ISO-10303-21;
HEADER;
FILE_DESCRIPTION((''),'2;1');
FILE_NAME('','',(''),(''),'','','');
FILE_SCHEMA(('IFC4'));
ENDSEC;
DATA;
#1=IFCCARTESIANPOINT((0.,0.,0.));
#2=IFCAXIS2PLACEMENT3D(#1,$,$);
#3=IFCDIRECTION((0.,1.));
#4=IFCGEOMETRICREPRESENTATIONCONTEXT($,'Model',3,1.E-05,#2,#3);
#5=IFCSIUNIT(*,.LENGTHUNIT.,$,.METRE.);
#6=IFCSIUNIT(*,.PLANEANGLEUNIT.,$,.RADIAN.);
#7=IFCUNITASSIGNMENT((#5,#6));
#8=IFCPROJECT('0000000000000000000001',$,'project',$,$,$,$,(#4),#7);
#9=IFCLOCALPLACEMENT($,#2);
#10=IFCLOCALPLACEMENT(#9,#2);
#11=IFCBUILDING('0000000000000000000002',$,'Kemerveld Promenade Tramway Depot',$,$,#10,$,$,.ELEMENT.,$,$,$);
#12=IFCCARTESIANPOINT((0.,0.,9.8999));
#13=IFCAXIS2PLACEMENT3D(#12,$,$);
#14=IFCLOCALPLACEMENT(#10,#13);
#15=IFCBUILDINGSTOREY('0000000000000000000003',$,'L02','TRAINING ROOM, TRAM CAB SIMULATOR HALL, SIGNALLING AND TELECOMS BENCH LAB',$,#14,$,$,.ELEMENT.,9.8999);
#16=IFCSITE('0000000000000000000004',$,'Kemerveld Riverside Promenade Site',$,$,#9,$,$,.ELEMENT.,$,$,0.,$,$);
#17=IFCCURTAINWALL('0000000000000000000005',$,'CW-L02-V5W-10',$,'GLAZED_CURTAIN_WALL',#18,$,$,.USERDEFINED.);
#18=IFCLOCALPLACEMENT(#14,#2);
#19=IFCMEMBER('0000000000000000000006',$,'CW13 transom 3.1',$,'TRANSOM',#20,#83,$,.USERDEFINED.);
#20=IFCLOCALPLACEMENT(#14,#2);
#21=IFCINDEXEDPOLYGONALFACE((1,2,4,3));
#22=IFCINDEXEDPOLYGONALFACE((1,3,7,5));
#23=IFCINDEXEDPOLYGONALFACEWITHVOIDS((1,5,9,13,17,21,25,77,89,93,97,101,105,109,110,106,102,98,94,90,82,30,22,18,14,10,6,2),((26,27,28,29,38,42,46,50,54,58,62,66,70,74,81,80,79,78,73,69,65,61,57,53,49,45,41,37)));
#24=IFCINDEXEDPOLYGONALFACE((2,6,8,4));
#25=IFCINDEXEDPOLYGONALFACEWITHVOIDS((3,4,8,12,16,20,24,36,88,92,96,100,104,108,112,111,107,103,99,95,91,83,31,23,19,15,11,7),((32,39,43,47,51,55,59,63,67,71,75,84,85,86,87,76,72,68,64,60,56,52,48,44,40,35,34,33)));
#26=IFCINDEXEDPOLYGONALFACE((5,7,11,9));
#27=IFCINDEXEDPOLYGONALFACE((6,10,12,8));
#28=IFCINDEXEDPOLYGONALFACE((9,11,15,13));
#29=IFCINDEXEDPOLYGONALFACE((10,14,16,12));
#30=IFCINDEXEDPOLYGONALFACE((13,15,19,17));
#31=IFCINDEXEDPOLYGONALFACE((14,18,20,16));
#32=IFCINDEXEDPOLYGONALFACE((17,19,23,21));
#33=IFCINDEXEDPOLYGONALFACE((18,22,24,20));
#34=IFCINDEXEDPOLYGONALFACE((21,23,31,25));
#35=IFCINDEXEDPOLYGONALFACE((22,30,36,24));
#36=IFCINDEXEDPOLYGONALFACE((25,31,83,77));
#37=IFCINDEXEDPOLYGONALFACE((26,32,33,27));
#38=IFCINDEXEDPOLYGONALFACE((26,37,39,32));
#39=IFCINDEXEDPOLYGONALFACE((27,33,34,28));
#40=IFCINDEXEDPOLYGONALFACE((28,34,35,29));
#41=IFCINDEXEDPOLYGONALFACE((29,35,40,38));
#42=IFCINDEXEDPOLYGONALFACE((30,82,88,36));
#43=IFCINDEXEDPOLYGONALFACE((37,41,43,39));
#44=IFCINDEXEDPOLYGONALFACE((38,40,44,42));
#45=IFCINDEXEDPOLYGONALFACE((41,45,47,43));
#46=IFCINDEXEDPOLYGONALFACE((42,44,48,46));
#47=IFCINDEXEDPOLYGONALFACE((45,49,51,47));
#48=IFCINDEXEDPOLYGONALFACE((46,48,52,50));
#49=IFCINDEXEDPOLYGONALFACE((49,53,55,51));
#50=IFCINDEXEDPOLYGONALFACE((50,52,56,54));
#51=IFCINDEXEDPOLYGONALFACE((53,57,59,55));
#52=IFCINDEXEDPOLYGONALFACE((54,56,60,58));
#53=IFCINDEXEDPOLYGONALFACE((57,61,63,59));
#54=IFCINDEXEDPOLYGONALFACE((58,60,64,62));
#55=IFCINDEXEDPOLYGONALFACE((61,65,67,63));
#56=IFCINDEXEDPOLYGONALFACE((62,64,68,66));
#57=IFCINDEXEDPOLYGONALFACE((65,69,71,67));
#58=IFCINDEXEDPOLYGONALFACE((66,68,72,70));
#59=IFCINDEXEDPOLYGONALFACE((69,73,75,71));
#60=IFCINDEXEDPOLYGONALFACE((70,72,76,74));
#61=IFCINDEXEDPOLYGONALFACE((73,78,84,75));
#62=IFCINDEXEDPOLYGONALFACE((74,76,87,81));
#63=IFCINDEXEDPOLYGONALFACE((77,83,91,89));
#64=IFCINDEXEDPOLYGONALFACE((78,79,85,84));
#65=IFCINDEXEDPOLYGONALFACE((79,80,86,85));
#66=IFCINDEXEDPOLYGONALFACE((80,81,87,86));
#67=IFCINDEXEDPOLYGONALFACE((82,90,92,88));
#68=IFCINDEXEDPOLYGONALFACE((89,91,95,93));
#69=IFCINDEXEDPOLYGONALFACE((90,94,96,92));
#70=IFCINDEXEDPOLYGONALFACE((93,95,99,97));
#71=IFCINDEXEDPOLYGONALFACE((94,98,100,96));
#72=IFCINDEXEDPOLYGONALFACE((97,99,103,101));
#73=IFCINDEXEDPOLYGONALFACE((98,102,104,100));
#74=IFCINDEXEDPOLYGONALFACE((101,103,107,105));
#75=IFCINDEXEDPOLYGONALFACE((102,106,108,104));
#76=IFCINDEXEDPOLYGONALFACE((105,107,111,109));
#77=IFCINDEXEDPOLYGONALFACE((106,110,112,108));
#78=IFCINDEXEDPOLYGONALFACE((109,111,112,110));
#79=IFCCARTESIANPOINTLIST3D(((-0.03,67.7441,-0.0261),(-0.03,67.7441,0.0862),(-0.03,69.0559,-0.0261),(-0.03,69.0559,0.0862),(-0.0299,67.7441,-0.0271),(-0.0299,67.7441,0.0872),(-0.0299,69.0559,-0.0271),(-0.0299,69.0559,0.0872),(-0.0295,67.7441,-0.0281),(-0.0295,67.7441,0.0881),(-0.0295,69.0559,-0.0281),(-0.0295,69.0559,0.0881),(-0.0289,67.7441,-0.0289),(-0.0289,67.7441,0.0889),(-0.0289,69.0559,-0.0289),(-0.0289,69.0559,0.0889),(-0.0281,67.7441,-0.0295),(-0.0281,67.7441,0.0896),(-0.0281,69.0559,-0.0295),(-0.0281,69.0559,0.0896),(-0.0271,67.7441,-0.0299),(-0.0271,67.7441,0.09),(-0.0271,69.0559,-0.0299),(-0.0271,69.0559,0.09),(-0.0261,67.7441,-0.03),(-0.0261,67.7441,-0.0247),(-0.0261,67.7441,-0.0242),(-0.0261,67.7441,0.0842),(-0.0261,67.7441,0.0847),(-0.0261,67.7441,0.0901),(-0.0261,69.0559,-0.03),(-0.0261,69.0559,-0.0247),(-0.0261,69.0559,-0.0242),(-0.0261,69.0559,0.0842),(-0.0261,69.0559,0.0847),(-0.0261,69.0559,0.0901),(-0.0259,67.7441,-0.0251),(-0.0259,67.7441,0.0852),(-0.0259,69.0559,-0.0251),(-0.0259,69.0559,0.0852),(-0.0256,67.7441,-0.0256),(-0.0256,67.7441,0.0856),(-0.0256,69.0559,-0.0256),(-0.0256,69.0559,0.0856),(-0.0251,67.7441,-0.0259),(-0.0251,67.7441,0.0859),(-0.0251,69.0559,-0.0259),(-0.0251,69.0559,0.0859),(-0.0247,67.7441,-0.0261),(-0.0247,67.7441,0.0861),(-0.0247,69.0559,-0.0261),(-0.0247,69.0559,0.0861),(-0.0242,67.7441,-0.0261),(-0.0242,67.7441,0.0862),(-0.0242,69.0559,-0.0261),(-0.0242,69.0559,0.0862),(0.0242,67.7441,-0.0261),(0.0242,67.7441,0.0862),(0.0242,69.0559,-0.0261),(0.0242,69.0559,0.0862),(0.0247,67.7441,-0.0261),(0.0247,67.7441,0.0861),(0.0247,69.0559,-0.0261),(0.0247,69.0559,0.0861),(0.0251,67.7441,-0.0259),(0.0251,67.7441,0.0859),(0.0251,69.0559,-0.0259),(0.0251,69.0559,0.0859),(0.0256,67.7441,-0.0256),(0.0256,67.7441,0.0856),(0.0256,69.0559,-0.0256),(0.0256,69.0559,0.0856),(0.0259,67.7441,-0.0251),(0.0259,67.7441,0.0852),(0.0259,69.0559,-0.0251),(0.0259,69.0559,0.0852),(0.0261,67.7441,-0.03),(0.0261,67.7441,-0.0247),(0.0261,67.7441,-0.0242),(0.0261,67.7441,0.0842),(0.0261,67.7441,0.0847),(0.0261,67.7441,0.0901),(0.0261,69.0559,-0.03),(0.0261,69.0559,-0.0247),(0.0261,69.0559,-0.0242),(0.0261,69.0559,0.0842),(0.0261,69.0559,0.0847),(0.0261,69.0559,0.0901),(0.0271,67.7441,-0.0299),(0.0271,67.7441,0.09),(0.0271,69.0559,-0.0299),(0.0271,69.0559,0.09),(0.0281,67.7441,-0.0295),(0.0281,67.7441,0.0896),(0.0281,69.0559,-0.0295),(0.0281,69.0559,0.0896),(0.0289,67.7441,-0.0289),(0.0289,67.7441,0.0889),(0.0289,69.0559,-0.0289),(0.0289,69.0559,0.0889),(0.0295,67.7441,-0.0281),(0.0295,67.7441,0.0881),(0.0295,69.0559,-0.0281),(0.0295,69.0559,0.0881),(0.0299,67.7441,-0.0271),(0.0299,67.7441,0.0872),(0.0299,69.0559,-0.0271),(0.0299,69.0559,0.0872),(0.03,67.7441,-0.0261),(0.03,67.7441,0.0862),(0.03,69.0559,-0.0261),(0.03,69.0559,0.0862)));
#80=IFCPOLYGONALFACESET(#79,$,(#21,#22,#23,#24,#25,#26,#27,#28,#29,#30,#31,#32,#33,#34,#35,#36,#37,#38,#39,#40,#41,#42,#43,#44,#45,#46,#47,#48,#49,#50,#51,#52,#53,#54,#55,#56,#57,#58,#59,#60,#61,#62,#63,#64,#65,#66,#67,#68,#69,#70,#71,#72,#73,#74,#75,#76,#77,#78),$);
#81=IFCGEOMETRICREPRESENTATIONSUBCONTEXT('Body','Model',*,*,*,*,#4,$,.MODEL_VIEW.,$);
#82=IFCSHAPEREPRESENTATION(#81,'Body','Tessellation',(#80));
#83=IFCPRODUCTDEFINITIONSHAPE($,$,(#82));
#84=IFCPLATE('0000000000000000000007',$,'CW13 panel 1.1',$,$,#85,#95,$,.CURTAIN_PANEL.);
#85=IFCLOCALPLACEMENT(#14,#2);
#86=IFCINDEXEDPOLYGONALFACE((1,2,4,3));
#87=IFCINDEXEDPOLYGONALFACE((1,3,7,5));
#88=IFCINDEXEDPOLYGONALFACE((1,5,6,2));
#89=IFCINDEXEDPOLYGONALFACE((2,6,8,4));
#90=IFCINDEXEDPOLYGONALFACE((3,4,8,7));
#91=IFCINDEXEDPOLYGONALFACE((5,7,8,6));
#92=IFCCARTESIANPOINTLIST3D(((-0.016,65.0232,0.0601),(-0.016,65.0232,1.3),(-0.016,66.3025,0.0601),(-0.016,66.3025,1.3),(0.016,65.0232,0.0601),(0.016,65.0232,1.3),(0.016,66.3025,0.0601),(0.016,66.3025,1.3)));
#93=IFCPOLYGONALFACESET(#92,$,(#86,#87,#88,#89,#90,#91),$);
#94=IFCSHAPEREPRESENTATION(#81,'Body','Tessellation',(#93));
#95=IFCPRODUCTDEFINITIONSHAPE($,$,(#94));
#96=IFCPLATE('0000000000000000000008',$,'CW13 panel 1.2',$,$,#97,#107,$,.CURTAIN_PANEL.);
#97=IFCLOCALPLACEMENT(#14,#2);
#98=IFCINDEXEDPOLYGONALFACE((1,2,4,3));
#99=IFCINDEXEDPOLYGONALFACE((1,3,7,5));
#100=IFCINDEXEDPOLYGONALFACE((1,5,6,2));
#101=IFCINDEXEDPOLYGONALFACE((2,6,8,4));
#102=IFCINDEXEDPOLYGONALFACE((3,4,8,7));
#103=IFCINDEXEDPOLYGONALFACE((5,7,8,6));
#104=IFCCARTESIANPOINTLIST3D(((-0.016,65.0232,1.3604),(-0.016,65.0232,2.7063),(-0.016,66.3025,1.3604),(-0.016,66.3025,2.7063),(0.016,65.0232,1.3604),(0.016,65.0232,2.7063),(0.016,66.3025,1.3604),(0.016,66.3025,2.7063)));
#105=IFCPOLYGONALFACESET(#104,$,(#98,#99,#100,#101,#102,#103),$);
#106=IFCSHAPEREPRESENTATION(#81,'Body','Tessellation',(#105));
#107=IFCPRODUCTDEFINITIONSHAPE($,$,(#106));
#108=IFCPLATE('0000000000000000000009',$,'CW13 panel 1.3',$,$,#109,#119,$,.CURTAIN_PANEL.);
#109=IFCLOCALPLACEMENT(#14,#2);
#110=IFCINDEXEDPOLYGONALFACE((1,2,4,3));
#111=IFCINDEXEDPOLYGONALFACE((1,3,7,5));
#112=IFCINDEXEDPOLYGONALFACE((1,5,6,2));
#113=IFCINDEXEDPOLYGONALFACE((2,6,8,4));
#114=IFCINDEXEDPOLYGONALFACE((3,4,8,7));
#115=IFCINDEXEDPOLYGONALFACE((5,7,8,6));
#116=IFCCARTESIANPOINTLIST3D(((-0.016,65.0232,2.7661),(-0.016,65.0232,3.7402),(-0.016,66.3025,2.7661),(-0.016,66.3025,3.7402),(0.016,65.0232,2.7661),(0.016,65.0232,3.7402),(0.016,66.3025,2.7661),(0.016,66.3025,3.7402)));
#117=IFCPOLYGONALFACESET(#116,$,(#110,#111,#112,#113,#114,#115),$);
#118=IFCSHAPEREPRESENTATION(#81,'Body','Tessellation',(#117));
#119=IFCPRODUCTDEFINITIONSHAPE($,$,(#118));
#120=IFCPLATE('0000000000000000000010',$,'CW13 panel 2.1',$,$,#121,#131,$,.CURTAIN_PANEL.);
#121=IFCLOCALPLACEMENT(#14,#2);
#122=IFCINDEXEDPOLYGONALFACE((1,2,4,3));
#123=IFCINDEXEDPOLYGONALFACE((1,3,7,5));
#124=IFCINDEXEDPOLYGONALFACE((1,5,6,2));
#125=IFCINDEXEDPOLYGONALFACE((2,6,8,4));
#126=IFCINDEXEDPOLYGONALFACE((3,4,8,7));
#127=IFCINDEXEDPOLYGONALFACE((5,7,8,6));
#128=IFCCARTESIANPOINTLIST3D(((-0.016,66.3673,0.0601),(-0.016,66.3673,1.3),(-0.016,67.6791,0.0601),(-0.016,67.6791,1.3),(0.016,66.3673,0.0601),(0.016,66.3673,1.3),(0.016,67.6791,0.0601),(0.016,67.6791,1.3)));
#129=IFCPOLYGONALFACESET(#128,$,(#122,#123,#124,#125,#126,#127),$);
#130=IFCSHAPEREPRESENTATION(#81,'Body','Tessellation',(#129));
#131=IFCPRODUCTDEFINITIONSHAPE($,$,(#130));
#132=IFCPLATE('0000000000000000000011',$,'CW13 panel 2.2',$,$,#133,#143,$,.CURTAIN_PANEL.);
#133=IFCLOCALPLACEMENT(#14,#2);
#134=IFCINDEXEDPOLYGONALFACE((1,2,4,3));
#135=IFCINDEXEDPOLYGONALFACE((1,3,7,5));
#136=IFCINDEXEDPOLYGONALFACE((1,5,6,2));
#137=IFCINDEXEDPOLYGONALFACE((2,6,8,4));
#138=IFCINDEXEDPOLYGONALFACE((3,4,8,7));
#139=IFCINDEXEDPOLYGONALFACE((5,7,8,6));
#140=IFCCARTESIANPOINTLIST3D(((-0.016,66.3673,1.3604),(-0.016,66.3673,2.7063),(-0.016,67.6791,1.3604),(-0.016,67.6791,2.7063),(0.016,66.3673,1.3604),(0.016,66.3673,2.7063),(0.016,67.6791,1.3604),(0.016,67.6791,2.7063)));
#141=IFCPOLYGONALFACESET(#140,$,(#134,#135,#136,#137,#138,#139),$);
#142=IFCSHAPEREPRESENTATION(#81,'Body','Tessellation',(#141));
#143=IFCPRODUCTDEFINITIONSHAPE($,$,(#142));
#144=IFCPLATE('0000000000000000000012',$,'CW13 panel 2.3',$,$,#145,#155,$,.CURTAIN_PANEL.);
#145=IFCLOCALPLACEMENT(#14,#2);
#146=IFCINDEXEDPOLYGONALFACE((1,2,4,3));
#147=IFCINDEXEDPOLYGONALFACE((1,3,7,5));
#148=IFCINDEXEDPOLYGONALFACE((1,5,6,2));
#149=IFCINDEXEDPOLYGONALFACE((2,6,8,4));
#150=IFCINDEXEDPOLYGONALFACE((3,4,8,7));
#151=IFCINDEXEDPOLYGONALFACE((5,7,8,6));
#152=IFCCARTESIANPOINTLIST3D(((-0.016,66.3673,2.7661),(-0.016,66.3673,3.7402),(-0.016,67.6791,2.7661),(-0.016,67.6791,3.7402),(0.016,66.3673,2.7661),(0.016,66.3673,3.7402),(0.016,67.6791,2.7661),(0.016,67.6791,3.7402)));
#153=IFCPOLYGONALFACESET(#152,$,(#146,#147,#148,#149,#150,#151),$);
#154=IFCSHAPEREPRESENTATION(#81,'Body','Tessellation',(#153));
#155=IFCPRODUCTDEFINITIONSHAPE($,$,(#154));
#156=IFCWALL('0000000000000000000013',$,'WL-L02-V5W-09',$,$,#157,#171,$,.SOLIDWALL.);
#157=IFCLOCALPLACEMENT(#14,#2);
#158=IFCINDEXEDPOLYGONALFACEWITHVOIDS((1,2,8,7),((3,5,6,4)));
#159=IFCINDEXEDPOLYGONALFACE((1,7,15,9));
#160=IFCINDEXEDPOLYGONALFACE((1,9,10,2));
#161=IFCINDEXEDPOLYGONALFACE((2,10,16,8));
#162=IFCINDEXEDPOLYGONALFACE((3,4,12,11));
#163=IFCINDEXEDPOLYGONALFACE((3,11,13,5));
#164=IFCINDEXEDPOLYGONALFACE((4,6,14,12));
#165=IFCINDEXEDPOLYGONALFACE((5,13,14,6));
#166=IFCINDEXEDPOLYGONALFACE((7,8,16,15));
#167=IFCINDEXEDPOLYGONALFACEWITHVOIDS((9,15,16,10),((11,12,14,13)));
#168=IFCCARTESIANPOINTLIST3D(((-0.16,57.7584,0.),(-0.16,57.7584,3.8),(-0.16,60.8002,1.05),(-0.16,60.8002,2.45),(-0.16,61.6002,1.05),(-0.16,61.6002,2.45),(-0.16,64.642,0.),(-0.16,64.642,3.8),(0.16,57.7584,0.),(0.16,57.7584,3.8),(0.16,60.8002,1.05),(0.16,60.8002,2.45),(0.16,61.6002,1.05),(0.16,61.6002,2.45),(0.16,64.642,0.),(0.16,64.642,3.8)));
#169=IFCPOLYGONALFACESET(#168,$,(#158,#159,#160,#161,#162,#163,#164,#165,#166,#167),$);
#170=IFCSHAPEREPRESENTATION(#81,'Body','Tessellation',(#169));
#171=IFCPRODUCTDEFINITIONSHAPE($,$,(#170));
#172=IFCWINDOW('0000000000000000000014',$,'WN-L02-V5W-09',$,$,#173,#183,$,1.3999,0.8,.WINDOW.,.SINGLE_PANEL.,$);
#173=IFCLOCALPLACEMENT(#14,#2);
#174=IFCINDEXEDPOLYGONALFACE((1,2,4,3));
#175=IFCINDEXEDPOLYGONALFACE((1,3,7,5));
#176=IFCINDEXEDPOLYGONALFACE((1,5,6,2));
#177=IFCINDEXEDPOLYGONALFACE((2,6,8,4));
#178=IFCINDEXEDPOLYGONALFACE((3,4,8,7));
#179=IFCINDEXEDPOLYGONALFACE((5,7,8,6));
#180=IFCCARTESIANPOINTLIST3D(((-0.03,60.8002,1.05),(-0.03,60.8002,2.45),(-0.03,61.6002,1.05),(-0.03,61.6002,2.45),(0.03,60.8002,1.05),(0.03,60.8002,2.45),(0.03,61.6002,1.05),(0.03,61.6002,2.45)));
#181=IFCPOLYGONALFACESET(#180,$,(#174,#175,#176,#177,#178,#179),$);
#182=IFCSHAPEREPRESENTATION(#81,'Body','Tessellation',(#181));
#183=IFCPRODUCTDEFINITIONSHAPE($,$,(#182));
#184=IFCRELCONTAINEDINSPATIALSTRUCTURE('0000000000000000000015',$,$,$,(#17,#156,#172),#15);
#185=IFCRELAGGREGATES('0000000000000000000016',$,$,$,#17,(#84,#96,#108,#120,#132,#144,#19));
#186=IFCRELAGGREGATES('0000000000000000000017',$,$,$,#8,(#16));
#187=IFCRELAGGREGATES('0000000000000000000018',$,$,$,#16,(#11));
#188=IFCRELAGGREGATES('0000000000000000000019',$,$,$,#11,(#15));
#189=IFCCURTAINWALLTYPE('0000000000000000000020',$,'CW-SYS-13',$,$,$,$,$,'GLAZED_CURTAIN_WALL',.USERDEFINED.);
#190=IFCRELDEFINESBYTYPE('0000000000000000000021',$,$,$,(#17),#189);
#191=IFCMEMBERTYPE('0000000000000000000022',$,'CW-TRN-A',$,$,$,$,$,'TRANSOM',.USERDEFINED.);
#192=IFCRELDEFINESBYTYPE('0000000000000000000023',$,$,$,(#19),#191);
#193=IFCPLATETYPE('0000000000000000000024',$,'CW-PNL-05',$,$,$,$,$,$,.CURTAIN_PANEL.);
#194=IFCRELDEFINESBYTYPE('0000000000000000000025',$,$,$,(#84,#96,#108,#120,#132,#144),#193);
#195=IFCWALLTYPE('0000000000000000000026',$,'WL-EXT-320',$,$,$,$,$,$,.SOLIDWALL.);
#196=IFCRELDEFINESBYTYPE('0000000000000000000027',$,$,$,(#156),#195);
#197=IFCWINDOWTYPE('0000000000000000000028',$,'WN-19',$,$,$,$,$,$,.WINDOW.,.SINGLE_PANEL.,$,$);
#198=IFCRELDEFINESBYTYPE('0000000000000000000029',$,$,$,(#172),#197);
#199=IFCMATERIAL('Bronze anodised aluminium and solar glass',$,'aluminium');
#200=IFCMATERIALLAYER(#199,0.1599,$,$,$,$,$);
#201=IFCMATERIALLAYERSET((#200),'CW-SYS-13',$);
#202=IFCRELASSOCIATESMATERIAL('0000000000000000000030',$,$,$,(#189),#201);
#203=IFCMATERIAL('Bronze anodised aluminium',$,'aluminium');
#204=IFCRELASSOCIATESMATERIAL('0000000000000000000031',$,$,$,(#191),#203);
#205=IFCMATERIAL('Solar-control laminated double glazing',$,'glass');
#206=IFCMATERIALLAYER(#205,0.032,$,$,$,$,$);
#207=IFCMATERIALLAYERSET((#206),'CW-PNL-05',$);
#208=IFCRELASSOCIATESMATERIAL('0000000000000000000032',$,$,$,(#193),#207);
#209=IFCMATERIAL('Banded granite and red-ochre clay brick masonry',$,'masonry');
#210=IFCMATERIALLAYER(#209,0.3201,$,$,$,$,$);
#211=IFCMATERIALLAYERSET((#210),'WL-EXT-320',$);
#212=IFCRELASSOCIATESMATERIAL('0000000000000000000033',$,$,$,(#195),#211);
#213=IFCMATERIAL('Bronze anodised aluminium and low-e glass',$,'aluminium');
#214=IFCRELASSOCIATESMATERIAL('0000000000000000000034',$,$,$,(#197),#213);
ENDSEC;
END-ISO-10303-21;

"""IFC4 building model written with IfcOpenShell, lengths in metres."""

from ifc_helpers import new_model, si_unit, direction, frame, frame_2d, origin, origin_2d, place, context, subcontext, project, spatial, rectangle, hollow_rectangle, extrude, material, layer, layer_set, material_profile, profile_set, type_object, element, fill, aggregate, save


model = new_model("IFC4")

# Units and contexts
model_context = context("Model", 3, precision=1e-05, world=origin(), true_north=direction((0.0, 1.0)))
body_context = subcontext(model_context, "Body", "Model", "MODEL_VIEW")
ifc_project = project(units=[si_unit("LENGTHUNIT", "METRE"), si_unit("PLANEANGLEUNIT", "RADIAN")], contexts=[model_context])

# Site, building, storey
site_placement = place(None, origin())
site = spatial("IfcSite", under=ifc_project, at=site_placement, Name="Kemerveld Riverside Promenade Site", CompositionType="ELEMENT", RefElevation=0.0)
building_placement = place(site_placement, origin())
building = spatial("IfcBuilding", under=site, at=building_placement, Name="Kemerveld Promenade Tramway Depot", CompositionType="ELEMENT")
storey_placement = place(building_placement, frame((0.0, 0.0, 9.8999)))
storey = spatial("IfcBuildingStorey", under=building, at=storey_placement, Name="L02", Description="TRAINING ROOM, TRAM CAB SIMULATOR HALL, SIGNALLING AND TELECOMS BENCH LAB", CompositionType="ELEMENT", Elevation=9.8999)

# Curtain wall, member, plates
ifc_material_1 = material(Name="Bronze anodised aluminium and solar glass", Category="aluminium")
ifc_layer_1 = layer(ifc_material_1, 0.1599)
ifc_layer_set_1 = layer_set([ifc_layer_1], Name="CW-SYS-13")
curtain_wall_type = type_object("IfcCurtainWallType", Name="CW-SYS-13", ElementType="GLAZED_CURTAIN_WALL", PredefinedType="USERDEFINED", material=ifc_layer_set_1)
curtain_wall_placement = place(storey_placement, origin())
curtain_wall = element("IfcCurtainWall", 1, at=curtain_wall_placement, inside=storey, type_object=curtain_wall_type, Name="CW-L02-V5W-10", ObjectType="GLAZED_CURTAIN_WALL", PredefinedType="USERDEFINED")
ifc_material_2 = material(Name="Bronze anodised aluminium", Category="aluminium")
ifc_material_profile_1 = material_profile(ifc_material_2, hollow_rectangle(XDim=0.0601, YDim=0.1201, WallThickness=0.0039, InnerFilletRadius=0.002, OuterFilletRadius=0.0039, at=origin_2d()), Name="CW-TRN-120x60")
ifc_profile_set_1 = profile_set([ifc_material_profile_1], Name="Bronze anodised aluminium")
member_type_1 = type_object("IfcMemberType", Name="CW-TRN-A", ElementType="TRANSOM", PredefinedType="USERDEFINED", material=ifc_profile_set_1)
member_1_placement = place(storey_placement, frame((0.0, 67.7441, 0.03), z_axis=(0.0, 1.0, 0.0), x_axis=(-1.0, 0.0, 0.0)))
member_1 = element("IfcMember", 2, at=member_1_placement, type_object=member_type_1, Name="CW13 transom 3.1", ObjectType="TRANSOM", PredefinedType="USERDEFINED", context=body_context, shape_type="SweptSolid", body=[
    extrude(hollow_rectangle(XDim=0.0601, YDim=0.1201, WallThickness=0.0039, InnerFilletRadius=0.002, OuterFilletRadius=0.0039, at=origin_2d()), origin(), (0.0, 0.0, 1.0), 1.3118),
])
ifc_material_3 = material(Name="Solar-control laminated double glazing", Category="glass")
ifc_layer_2 = layer(ifc_material_3, 0.032)
ifc_layer_set_2 = layer_set([ifc_layer_2], Name="CW-PNL-05")
plate_type = type_object("IfcPlateType", Name="CW-PNL-05", PredefinedType="CURTAIN_PANEL", material=ifc_layer_set_2)
plate_1_placement = place(storey_placement, frame((0.0, 65.6628, 0.0601), z_axis=(0.0, 0.0, 1.0), x_axis=(0.0, 1.0, 0.0)))
plate_1 = element("IfcPlate", 3, at=plate_1_placement, type_object=plate_type, Name="CW13 panel 1.1", PredefinedType="CURTAIN_PANEL", context=body_context, shape_type="SweptSolid", body=[
    extrude(rectangle(XDim=1.2793, YDim=0.032, at=origin_2d()), origin(), (0.0, 0.0, 1.0), 1.24),
])
plate_2_placement = place(storey_placement, frame((0.0, 65.6628, 1.3604), z_axis=(0.0, 0.0, 1.0), x_axis=(0.0, 1.0, 0.0)))
plate_2 = element("IfcPlate", 4, at=plate_2_placement, type_object=plate_type, Name="CW13 panel 1.2", PredefinedType="CURTAIN_PANEL", context=body_context, shape_type="SweptSolid", body=[
    extrude(rectangle(XDim=1.2793, YDim=0.032, at=origin_2d()), origin(), (0.0, 0.0, 1.0), 1.3459),
])
plate_3_placement = place(storey_placement, frame((0.0, 65.6628, 2.7661), z_axis=(0.0, 0.0, 1.0), x_axis=(0.0, 1.0, 0.0)))
plate_3 = element("IfcPlate", 5, at=plate_3_placement, type_object=plate_type, Name="CW13 panel 1.3", PredefinedType="CURTAIN_PANEL", context=body_context, shape_type="SweptSolid", body=[
    extrude(rectangle(XDim=1.2793, YDim=0.032, at=origin_2d()), origin(), (0.0, 0.0, 1.0), 0.9741),
])
plate_4_placement = place(storey_placement, frame((0.0, 67.0232, 0.0601), z_axis=(0.0, 0.0, 1.0), x_axis=(0.0, 1.0, 0.0)))
plate_4 = element("IfcPlate", 6, at=plate_4_placement, type_object=plate_type, Name="CW13 panel 2.1", PredefinedType="CURTAIN_PANEL", context=body_context, shape_type="SweptSolid", body=[
    extrude(rectangle(XDim=1.3118, YDim=0.032, at=origin_2d()), origin(), (0.0, 0.0, 1.0), 1.24),
])
plate_5_placement = place(storey_placement, frame((0.0, 67.0232, 1.3604), z_axis=(0.0, 0.0, 1.0), x_axis=(0.0, 1.0, 0.0)))
plate_5 = element("IfcPlate", 7, at=plate_5_placement, type_object=plate_type, Name="CW13 panel 2.2", PredefinedType="CURTAIN_PANEL", context=body_context, shape_type="SweptSolid", body=[
    extrude(rectangle(XDim=1.3118, YDim=0.032, at=origin_2d()), origin(), (0.0, 0.0, 1.0), 1.3459),
])
plate_6_placement = place(storey_placement, frame((0.0, 67.0232, 2.7661), z_axis=(0.0, 0.0, 1.0), x_axis=(0.0, 1.0, 0.0)))
plate_6 = element("IfcPlate", 8, at=plate_6_placement, type_object=plate_type, Name="CW13 panel 2.3", PredefinedType="CURTAIN_PANEL", context=body_context, shape_type="SweptSolid", body=[
    extrude(rectangle(XDim=1.3118, YDim=0.032, at=origin_2d()), origin(), (0.0, 0.0, 1.0), 0.9741),
])
aggregate(curtain_wall, [plate_1, plate_2, plate_3, plate_4, plate_5, plate_6, member_1])

# Wall, opening, window
ifc_material_4 = material(Name="Banded granite and red-ochre clay brick masonry", Category="masonry")
ifc_layer_3 = layer(ifc_material_4, 0.3201)
ifc_layer_set_3 = layer_set([ifc_layer_3], Name="WL-EXT-320")
wall_type = type_object("IfcWallType", Name="WL-EXT-320", PredefinedType="SOLIDWALL", material=ifc_layer_set_3)
wall_placement = place(storey_placement, frame((0.0, 57.7583, 0.0), z_axis=(0.0, 0.0, 1.0), x_axis=(0.0, 1.0, 0.0)))
wall = element("IfcWall", 9, at=wall_placement, inside=storey, type_object=wall_type, Name="WL-L02-V5W-09", PredefinedType="SOLIDWALL", context=body_context, shape_type="SweptSolid", body=[
    extrude(rectangle(XDim=6.8835, YDim=0.3201, at=frame_2d((3.4419, 0.0))), origin(), (0.0, 0.0, 1.0), 3.8),
])
opening_placement = place(wall_placement, frame((3.042, 0.0, 1.05)))
opening = element("IfcOpeningElement", 10, at=opening_placement, cuts=wall, PredefinedType="OPENING", context=body_context, shape_type="SweptSolid", body=[
    extrude(rectangle(XDim=0.8, YDim=1.3999, at=frame_2d((0.3999, 0.7))), frame((0.0, 0.1699, 0.0), z_axis=(0.0, -1.0, 0.0), x_axis=(1.0, 0.0, 0.0)), (0.0, 0.0, 1.0), 0.3401),
])
ifc_material_5 = material(Name="Bronze anodised aluminium and low-e glass", Category="aluminium")
window_type = type_object("IfcWindowType", Name="WN-19", PartitioningType="SINGLE_PANEL", PredefinedType="WINDOW", material=ifc_material_5)
window_placement = place(opening_placement, origin())
window = element("IfcWindow", 11, at=window_placement, inside=storey, type_object=window_type, Name="WN-L02-V5W-09", OverallHeight=1.3999, OverallWidth=0.8, PartitioningType="SINGLE_PANEL", PredefinedType="WINDOW", context=body_context, shape_type="SweptSolid", body=[
    extrude(rectangle(XDim=0.8, YDim=1.3999, at=frame_2d((0.3999, 0.7))), frame((0.0, 0.03, 0.0), z_axis=(0.0, -1.0, 0.0), x_axis=(1.0, 0.0, 0.0)), (0.0, 0.0, 1.0), 0.0601),
])
fill(opening, window)

save(model, "model.ifc")
